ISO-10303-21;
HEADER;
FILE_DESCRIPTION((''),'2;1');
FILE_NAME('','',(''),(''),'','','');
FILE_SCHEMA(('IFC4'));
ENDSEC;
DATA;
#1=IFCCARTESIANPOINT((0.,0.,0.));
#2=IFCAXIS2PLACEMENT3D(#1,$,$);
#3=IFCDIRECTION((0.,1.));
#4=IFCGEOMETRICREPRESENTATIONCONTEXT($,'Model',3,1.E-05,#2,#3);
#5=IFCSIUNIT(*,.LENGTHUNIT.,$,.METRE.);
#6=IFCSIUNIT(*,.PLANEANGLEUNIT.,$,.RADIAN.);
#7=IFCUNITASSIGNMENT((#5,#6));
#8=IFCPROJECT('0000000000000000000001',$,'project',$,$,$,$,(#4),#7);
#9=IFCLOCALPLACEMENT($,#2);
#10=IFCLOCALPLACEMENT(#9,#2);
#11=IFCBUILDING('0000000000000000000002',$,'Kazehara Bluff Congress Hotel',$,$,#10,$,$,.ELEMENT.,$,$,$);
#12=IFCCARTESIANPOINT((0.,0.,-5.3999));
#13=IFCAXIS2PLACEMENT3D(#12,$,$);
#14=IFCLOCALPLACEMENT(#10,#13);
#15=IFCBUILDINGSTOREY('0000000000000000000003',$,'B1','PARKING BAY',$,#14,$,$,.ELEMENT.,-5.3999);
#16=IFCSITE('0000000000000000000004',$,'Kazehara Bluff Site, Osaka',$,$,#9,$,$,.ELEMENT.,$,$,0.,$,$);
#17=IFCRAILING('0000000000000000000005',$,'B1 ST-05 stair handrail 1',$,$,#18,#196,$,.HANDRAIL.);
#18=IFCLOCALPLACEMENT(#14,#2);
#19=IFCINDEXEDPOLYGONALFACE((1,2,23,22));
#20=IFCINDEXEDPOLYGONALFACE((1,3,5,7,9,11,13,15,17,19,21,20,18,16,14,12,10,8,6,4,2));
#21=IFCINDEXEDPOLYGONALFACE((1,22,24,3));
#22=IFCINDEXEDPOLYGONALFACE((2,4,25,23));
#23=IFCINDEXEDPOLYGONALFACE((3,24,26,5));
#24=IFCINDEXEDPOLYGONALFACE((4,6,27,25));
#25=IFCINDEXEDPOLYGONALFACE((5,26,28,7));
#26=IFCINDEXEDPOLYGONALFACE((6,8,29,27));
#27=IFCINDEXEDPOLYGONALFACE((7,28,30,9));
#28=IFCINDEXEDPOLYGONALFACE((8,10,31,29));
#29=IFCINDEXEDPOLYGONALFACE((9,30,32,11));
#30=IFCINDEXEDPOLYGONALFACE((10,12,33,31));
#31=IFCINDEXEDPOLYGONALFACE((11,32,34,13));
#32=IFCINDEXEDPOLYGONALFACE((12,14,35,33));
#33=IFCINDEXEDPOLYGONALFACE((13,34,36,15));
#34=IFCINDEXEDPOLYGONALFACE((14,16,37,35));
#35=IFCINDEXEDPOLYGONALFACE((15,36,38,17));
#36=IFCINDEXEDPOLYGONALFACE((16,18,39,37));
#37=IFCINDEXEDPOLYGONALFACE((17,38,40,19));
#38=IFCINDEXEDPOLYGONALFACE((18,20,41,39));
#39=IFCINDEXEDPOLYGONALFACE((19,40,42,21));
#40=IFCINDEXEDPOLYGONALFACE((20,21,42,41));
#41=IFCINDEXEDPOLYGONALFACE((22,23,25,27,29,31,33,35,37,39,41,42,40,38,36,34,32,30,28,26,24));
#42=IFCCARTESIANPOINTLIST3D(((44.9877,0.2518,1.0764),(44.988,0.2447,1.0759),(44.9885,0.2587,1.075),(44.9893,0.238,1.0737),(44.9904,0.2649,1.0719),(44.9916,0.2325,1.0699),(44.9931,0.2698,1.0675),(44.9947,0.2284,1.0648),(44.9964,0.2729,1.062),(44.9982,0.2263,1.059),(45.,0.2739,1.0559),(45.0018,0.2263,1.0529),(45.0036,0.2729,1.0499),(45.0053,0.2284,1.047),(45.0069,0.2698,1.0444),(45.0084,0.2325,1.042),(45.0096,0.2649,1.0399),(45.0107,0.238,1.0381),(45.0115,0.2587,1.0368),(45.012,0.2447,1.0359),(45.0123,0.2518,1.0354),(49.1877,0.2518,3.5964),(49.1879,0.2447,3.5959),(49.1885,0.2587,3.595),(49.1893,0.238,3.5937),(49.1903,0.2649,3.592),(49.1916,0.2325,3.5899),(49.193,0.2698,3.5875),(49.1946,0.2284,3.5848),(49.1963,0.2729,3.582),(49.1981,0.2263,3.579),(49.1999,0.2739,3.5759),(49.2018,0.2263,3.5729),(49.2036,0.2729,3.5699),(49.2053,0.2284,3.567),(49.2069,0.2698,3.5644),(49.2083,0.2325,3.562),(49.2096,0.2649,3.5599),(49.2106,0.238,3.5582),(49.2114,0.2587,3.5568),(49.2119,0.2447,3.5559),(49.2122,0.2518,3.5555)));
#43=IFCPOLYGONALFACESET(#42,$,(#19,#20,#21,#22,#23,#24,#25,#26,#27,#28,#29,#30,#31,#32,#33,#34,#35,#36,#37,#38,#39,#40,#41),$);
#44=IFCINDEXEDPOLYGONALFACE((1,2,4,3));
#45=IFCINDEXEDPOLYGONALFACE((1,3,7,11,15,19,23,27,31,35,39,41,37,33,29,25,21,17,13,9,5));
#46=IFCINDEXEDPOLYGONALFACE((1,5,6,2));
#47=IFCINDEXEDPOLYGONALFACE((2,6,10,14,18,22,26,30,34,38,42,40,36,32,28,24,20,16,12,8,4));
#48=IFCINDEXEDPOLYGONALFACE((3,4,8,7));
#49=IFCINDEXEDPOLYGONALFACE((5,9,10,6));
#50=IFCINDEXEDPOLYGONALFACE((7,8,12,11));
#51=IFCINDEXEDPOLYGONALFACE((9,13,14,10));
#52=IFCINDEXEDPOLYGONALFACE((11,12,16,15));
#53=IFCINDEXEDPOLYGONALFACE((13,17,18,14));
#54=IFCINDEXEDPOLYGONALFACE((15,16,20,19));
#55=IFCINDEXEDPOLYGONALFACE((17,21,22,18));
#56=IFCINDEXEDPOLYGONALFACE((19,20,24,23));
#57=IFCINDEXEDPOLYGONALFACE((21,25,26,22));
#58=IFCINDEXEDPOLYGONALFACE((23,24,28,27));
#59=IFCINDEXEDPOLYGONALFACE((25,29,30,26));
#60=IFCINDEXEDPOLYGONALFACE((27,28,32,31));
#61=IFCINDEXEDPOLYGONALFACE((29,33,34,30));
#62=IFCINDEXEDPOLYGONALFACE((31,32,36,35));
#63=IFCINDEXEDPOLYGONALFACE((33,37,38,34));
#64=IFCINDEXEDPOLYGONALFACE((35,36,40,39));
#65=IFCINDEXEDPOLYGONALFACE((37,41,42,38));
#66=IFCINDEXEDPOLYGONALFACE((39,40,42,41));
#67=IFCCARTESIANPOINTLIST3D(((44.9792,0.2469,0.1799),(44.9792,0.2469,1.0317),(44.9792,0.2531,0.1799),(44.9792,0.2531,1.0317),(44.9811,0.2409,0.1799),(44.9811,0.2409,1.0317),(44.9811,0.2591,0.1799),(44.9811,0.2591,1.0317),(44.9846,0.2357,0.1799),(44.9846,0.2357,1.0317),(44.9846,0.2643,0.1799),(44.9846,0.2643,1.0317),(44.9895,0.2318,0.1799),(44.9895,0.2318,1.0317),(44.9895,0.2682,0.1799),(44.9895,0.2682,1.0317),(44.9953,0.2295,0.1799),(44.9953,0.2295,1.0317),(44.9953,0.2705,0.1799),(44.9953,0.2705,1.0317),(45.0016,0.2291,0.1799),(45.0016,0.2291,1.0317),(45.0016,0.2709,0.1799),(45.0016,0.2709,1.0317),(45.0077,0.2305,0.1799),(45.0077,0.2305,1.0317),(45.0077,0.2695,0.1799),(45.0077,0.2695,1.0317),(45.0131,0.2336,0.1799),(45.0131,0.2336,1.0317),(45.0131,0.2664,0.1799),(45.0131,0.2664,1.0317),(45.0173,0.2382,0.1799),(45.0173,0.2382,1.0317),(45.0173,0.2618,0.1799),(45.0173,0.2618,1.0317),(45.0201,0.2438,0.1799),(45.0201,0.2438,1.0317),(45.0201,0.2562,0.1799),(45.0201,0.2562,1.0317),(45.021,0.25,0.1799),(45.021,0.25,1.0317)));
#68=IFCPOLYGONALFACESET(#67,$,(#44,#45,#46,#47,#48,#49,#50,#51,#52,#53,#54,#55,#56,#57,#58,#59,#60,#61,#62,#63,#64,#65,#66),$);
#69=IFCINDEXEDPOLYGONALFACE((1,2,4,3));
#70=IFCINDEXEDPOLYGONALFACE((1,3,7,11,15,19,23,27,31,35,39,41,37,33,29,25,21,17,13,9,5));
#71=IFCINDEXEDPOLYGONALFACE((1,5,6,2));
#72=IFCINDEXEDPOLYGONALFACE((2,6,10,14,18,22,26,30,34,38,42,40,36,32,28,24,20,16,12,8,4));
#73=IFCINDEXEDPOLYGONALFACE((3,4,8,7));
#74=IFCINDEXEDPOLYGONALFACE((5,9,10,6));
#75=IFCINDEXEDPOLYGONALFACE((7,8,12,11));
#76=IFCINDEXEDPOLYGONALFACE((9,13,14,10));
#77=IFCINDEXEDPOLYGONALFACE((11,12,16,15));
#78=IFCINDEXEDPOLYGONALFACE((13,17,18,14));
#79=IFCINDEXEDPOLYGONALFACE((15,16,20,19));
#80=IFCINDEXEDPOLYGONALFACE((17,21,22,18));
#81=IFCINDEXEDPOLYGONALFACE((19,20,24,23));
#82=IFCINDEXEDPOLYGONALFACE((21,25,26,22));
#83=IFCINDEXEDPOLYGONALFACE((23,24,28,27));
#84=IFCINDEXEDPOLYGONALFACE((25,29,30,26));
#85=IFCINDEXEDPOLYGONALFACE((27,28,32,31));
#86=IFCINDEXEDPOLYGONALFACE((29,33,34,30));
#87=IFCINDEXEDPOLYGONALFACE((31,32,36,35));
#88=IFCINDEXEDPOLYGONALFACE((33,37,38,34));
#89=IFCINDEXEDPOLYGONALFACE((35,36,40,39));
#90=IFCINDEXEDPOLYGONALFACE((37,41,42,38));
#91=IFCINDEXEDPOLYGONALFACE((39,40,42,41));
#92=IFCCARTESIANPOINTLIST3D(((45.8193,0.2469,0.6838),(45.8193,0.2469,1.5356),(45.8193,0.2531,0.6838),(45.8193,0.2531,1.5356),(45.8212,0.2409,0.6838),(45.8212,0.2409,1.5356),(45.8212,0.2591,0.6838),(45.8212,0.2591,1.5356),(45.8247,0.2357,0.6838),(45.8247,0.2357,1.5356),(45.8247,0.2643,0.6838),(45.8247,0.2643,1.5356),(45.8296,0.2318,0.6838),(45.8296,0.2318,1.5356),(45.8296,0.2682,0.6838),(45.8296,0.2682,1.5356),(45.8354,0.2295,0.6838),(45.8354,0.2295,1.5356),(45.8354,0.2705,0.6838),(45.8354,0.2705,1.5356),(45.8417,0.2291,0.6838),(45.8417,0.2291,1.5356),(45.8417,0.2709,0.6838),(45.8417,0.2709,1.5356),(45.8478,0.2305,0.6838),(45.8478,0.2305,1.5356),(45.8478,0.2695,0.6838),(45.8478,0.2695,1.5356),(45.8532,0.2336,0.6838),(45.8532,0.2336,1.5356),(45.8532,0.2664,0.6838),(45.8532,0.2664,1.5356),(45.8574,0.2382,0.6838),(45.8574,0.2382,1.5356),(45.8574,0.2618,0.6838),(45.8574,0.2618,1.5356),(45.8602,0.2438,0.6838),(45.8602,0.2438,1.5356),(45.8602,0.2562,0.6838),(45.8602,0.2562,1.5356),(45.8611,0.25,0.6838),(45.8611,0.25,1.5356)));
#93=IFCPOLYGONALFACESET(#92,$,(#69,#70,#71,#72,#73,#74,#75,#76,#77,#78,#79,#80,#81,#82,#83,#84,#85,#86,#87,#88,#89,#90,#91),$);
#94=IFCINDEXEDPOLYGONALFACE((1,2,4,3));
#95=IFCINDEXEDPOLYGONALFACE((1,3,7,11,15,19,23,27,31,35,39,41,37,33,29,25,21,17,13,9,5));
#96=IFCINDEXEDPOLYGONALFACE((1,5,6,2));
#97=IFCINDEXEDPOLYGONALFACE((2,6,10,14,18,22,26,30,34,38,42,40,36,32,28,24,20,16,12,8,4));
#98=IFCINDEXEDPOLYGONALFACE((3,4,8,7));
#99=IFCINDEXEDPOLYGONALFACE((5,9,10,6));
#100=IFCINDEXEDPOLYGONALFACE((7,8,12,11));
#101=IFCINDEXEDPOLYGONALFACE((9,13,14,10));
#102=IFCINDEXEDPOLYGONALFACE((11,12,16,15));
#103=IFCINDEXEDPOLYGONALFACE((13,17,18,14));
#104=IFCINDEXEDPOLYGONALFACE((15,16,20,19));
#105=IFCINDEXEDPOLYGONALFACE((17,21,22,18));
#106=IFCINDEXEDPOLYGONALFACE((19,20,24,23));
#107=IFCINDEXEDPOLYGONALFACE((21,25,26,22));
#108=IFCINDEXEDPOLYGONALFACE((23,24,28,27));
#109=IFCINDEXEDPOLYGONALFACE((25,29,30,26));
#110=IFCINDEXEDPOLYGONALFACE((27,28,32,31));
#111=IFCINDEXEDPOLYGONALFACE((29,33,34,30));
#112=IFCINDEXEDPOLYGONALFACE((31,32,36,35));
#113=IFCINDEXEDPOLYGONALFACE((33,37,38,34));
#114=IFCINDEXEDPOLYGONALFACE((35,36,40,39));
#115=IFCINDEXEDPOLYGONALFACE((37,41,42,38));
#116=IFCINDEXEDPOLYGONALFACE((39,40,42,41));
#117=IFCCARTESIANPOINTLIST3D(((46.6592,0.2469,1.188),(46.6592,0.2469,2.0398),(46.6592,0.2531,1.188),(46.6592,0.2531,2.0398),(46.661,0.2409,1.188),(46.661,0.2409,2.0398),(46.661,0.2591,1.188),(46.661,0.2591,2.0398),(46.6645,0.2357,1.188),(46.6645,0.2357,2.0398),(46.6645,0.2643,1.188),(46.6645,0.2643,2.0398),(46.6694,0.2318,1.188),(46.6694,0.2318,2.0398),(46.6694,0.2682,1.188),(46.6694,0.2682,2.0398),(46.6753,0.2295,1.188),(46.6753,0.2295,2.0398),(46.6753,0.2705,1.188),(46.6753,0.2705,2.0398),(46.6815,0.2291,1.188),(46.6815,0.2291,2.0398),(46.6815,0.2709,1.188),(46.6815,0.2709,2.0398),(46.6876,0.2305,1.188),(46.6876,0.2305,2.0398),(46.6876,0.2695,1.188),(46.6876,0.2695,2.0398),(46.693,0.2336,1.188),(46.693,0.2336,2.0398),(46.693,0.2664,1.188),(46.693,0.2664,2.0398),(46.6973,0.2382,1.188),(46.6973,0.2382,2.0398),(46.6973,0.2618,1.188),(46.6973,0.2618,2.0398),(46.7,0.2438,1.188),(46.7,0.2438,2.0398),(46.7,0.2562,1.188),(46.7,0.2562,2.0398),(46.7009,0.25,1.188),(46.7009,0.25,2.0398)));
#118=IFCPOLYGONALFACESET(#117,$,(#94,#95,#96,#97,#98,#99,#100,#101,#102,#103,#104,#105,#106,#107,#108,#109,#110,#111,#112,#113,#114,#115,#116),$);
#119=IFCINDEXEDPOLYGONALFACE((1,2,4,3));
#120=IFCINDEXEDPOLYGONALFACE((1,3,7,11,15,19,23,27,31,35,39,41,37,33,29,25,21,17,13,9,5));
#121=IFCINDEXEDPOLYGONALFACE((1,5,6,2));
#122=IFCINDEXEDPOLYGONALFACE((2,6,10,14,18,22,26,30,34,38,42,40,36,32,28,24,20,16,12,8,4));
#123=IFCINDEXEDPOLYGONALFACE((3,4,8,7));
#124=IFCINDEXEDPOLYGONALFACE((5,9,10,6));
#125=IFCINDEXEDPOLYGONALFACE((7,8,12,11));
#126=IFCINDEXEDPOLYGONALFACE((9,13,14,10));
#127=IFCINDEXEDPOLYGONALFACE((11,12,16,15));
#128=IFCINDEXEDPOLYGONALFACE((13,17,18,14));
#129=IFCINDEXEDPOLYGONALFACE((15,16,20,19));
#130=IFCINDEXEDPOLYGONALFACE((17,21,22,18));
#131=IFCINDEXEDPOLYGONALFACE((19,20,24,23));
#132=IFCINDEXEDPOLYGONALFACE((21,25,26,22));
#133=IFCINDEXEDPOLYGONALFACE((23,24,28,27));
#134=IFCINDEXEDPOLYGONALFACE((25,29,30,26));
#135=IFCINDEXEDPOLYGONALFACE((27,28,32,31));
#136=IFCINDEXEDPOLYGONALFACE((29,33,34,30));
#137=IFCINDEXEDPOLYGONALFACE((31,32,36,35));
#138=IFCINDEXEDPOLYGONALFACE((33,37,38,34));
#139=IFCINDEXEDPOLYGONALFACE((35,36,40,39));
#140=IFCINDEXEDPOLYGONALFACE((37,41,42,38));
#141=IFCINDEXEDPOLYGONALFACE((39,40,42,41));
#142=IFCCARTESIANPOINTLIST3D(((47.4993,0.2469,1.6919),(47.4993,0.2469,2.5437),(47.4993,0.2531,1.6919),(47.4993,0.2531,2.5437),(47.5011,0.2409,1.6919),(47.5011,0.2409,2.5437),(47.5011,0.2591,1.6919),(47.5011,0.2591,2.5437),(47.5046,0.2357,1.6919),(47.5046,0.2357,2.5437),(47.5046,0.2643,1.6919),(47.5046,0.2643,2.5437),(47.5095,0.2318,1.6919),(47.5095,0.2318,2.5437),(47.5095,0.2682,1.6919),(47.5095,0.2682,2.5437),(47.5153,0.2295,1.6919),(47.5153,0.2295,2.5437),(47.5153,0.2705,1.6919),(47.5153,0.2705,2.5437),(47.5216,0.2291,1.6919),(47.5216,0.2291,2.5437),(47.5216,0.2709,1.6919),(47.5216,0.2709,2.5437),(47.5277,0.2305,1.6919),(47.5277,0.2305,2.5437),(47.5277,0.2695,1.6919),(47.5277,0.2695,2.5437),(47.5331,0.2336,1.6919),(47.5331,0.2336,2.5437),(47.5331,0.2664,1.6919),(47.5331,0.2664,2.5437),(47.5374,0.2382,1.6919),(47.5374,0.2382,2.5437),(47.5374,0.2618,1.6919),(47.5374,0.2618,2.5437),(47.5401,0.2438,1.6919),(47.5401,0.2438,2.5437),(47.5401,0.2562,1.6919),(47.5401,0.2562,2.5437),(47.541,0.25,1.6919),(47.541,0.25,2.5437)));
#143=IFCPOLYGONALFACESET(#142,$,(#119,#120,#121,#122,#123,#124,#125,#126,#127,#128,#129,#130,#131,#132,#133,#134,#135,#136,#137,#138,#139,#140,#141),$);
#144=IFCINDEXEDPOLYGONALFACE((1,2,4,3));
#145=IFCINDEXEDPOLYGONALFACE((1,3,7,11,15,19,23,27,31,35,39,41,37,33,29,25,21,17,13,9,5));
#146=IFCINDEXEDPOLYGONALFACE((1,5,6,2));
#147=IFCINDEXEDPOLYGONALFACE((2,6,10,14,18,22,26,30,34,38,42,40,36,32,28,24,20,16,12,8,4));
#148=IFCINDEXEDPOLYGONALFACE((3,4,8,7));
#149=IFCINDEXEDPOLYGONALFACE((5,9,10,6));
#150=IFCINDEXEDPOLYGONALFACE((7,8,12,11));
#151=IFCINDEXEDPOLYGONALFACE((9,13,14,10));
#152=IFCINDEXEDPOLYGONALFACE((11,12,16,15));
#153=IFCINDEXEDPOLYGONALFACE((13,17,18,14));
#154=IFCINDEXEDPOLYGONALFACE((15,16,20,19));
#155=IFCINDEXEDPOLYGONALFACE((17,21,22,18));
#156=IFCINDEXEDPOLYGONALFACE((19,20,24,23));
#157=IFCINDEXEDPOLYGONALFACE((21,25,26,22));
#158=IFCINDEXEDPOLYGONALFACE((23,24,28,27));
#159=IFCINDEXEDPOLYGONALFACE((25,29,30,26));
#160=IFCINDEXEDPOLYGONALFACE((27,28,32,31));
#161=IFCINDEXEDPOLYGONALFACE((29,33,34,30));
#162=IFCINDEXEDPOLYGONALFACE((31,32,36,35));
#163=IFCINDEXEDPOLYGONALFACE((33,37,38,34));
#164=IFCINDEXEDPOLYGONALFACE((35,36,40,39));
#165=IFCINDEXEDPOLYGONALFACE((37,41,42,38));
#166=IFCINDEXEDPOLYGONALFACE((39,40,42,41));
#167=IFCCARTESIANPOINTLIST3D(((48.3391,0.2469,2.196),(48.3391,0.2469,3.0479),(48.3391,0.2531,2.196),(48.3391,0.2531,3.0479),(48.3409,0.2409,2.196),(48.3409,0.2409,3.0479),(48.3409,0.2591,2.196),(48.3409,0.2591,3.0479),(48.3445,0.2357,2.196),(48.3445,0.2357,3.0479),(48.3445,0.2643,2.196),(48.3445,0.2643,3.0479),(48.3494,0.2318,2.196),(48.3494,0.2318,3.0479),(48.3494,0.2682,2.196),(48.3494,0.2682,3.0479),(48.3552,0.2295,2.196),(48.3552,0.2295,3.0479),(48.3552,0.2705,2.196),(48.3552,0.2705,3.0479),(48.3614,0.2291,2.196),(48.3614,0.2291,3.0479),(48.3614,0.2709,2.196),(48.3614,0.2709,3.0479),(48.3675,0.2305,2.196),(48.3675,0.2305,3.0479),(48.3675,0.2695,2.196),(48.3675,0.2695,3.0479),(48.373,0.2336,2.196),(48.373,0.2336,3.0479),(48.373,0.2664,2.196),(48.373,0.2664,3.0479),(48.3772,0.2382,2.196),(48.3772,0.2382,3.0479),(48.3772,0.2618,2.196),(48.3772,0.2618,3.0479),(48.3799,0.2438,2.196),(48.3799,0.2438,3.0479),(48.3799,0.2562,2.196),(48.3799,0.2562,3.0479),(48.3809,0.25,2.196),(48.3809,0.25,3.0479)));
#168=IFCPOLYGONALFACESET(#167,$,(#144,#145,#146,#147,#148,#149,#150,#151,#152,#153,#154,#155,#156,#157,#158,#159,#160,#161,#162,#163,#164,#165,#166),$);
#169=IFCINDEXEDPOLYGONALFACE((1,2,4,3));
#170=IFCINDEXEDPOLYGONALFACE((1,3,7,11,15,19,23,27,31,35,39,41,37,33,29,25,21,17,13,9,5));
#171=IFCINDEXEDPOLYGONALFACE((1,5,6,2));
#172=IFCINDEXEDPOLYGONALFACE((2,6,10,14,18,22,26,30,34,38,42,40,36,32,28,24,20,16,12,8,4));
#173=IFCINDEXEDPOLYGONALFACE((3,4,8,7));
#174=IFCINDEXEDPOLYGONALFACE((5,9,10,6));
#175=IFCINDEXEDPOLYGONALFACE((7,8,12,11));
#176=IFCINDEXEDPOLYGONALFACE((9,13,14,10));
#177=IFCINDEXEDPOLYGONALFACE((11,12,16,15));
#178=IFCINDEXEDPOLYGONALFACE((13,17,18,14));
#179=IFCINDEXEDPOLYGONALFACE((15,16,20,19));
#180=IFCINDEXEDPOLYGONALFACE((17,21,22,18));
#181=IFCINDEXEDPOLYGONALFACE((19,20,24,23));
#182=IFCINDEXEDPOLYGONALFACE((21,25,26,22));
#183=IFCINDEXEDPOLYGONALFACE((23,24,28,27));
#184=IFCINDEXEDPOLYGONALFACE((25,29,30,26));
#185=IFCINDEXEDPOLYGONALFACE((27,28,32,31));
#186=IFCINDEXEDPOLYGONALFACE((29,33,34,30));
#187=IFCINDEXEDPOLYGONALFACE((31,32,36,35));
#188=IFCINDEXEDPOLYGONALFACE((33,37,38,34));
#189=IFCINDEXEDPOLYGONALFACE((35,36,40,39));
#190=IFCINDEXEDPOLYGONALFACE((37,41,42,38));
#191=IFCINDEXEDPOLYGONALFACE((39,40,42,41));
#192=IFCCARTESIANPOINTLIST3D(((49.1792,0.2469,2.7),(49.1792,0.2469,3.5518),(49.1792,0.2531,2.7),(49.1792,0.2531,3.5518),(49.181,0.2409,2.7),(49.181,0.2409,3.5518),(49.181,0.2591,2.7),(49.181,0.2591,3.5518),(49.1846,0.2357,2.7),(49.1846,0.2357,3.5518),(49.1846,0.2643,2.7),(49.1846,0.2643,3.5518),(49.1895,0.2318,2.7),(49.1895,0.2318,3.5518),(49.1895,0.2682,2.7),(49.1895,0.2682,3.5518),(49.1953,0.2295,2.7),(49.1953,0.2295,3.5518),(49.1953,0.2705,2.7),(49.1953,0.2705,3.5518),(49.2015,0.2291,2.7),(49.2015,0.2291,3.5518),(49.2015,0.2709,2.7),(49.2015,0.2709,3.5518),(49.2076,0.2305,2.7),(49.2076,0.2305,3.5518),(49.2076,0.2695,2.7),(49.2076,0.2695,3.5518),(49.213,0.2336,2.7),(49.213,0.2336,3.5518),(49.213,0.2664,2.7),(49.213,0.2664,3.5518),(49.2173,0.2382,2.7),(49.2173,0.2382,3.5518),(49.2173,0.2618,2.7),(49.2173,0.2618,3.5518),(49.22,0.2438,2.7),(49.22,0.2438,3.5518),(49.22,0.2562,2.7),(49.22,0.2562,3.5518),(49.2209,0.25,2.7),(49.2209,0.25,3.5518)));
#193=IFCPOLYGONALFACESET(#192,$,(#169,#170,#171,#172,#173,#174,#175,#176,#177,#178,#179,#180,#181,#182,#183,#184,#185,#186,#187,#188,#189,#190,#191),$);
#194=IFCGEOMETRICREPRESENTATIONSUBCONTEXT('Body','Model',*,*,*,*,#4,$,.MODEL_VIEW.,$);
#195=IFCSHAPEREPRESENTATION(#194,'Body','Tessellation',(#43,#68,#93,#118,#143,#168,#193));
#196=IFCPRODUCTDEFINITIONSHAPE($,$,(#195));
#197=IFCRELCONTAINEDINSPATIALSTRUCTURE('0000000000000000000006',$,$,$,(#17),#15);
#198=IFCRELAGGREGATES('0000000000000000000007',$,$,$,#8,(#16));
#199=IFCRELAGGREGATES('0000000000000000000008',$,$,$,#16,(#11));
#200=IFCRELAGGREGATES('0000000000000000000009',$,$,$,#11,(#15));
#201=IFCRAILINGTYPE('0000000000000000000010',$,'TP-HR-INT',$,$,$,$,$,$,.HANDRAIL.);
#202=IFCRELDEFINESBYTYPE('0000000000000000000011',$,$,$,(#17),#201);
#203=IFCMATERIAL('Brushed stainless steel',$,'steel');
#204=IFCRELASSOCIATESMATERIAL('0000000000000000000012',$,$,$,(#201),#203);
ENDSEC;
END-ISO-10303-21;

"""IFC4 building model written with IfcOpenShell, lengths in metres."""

from ifc_helpers import new_model, si_unit, direction, frame, origin, origin_2d, place, context, subcontext, project, spatial, circle, extrude, material, type_object, element, save


model = new_model("IFC4")

# Units and contexts
model_context = context("Model", 3, precision=1e-05, world=origin(), true_north=direction((0.0, 1.0)))
body_context = subcontext(model_context, "Body", "Model", "MODEL_VIEW")
ifc_project = project(units=[si_unit("LENGTHUNIT", "METRE"), si_unit("PLANEANGLEUNIT", "RADIAN")], contexts=[model_context])

# Site, building, storey
site_placement = place(None, origin())
site = spatial("IfcSite", under=ifc_project, at=site_placement, Name="Kazehara Bluff Site, Osaka", CompositionType="ELEMENT", RefElevation=0.0)
building_placement = place(site_placement, origin())
building = spatial("IfcBuilding", under=site, at=building_placement, Name="Kazehara Bluff Congress Hotel", CompositionType="ELEMENT")
storey_placement = place(building_placement, frame((0.0, 0.0, -5.3999)))
storey = spatial("IfcBuildingStorey", under=building, at=storey_placement, Name="B1", Description="PARKING BAY", CompositionType="ELEMENT", Elevation=-5.3999)

# Railing
ifc_material_1 = material(Name="Brushed stainless steel", Category="steel")
railing_type_1 = type_object("IfcRailingType", Name="TP-HR-INT", PredefinedType="HANDRAIL", material=ifc_material_1)
railing_1_placement = place(storey_placement, frame((45.0, 0.25, 0.1799)))
element("IfcRailing", 1, at=railing_1_placement, inside=storey, type_object=railing_type_1, Name="B1 ST-05 stair handrail 1", PredefinedType="HANDRAIL", context=body_context, shape_type="SweptSolid", body=[
    extrude(circle(Radius=0.0239, at=origin_2d()), frame((0.0, 0.0, 0.876), z_axis=(0.857489, 0.0, 0.514503), x_axis=(0.0, 1.0, 0.0)), (0.0, 0.0, 1.0), 4.8979),
    extrude(circle(Radius=0.021, at=origin_2d()), origin(), (0.0, 0.0, 1.0), 0.8518),
    extrude(circle(Radius=0.021, at=origin_2d()), frame((0.8401, 0.0, 0.5039)), (0.0, 0.0, 1.0), 0.8518),
    extrude(circle(Radius=0.021, at=origin_2d()), frame((1.6799, 0.0, 1.0081)), (0.0, 0.0, 1.0), 0.8518),
    extrude(circle(Radius=0.021, at=origin_2d()), frame((2.52, 0.0, 1.512)), (0.0, 0.0, 1.0), 0.8518),
    extrude(circle(Radius=0.021, at=origin_2d()), frame((3.3599, 0.0, 2.0161)), (0.0, 0.0, 1.0), 0.8518),
    extrude(circle(Radius=0.021, at=origin_2d()), frame((4.2, 0.0, 2.52)), (0.0, 0.0, 1.0), 0.8518),
])

save(model, "model.ifc")
